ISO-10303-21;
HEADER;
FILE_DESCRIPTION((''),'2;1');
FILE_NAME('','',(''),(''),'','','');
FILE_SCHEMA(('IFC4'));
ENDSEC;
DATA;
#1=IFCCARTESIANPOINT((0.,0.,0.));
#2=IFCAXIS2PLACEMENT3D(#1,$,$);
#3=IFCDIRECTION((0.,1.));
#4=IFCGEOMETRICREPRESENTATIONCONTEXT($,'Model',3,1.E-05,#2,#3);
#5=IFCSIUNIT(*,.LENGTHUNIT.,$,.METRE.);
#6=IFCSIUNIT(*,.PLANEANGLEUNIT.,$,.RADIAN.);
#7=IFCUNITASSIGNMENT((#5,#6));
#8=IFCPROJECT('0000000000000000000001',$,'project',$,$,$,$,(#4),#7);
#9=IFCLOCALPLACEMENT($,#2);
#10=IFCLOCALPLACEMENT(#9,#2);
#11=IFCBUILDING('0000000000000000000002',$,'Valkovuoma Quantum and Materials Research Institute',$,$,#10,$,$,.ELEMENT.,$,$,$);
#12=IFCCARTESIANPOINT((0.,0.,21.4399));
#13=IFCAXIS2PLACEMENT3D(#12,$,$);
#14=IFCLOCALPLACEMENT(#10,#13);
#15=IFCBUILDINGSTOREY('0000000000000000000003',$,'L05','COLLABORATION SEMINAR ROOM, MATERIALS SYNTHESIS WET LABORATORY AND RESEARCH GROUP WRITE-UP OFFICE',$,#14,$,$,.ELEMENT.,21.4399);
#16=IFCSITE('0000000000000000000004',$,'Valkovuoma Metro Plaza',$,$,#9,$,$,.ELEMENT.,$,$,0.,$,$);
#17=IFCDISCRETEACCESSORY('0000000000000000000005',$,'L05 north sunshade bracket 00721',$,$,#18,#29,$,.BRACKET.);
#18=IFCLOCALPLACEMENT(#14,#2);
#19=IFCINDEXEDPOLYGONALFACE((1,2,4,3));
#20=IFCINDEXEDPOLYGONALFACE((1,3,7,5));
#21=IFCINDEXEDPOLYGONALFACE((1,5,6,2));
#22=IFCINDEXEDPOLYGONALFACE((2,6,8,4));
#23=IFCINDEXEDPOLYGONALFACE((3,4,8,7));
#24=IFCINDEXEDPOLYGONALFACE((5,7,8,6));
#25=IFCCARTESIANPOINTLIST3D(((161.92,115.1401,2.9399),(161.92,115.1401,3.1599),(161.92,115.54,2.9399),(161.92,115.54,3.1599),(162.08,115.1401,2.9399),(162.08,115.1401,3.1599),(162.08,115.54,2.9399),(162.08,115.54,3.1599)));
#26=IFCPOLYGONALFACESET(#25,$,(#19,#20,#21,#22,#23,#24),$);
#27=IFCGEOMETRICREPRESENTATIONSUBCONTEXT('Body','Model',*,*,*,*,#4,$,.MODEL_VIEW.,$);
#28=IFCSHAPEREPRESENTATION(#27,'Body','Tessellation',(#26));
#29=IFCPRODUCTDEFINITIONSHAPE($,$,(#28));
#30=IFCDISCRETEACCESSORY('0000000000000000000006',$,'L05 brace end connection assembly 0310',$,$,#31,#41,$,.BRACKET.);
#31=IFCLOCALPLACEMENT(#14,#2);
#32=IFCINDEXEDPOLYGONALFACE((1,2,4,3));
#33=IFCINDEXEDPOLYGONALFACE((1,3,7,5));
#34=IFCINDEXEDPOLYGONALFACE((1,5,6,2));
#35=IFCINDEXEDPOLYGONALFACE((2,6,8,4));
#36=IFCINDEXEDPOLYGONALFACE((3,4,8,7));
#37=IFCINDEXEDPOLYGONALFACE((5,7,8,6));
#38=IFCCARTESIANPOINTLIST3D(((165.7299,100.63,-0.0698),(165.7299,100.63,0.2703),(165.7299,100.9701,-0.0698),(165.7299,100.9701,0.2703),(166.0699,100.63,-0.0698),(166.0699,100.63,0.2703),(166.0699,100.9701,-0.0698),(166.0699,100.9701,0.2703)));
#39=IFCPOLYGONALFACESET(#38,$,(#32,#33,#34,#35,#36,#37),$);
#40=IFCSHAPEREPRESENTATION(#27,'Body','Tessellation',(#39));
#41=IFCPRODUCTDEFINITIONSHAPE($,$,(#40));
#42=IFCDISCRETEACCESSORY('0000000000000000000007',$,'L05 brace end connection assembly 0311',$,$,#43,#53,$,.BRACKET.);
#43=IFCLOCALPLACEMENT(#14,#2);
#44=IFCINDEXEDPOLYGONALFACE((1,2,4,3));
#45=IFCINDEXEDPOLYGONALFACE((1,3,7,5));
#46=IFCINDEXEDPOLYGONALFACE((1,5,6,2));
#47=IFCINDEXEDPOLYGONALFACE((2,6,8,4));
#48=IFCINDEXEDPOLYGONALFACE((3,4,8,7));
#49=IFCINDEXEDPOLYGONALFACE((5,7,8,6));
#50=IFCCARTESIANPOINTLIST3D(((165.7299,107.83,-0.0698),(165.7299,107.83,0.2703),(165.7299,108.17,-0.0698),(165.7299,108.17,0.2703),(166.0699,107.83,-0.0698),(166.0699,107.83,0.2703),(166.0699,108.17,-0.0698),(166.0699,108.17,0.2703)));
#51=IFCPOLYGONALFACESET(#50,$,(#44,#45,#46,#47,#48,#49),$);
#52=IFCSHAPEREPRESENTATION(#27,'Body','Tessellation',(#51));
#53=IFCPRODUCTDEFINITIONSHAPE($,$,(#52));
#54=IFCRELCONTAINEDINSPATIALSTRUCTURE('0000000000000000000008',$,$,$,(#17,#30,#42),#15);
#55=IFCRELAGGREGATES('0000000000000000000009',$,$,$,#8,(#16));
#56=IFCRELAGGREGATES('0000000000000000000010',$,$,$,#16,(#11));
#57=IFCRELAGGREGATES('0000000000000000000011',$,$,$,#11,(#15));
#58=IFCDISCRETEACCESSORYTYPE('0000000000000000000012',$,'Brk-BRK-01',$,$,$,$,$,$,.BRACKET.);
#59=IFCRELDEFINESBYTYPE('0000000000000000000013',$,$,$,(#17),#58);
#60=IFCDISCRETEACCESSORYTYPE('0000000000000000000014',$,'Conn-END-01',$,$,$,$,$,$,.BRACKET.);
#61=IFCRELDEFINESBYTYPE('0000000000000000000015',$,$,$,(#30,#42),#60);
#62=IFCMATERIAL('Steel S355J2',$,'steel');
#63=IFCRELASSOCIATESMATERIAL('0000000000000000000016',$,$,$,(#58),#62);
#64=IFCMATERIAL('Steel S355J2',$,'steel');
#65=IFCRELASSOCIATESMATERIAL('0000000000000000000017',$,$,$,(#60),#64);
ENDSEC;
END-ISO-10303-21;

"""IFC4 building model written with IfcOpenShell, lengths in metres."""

from ifc_helpers import new_model, si_unit, direction, frame, origin, origin_2d, place, context, subcontext, project, spatial, rectangle, extrude, material, type_object, element, save


model = new_model("IFC4")

# Units and contexts
model_context = context("Model", 3, precision=1e-05, world=origin(), true_north=direction((0.0, 1.0)))
body_context = subcontext(model_context, "Body", "Model", "MODEL_VIEW")
ifc_project = project(units=[si_unit("LENGTHUNIT", "METRE"), si_unit("PLANEANGLEUNIT", "RADIAN")], contexts=[model_context])

# Site, building, storey
site_placement = place(None, origin())
site = spatial("IfcSite", under=ifc_project, at=site_placement, Name="Valkovuoma Metro Plaza", CompositionType="ELEMENT", RefElevation=0.0)
building_placement = place(site_placement, origin())
building = spatial("IfcBuilding", under=site, at=building_placement, Name="Valkovuoma Quantum and Materials Research Institute", CompositionType="ELEMENT")
storey_placement = place(building_placement, frame((0.0, 0.0, 21.4399)))
storey = spatial("IfcBuildingStorey", under=building, at=storey_placement, Name="L05", Description="COLLABORATION SEMINAR ROOM, MATERIALS SYNTHESIS WET LABORATORY AND RESEARCH GROUP WRITE-UP OFFICE", CompositionType="ELEMENT", Elevation=21.4399)

# Discrete accessories
ifc_material_1 = material(Name="Steel S355J2", Category="steel")
discrete_accessory_type_1 = type_object("IfcDiscreteAccessoryType", Name="Brk-BRK-01", PredefinedType="BRACKET", material=ifc_material_1)
discrete_accessory_placement = place(storey_placement, frame((162.0, 115.3401, 2.9399), z_axis=(0.0, 0.0, 1.0), x_axis=(1.0, 0.0, 0.0)))
element("IfcDiscreteAccessory", 1, at=discrete_accessory_placement, inside=storey, type_object=discrete_accessory_type_1, Name="L05 north sunshade bracket 00721", PredefinedType="BRACKET", context=body_context, shape_type="SweptSolid", body=[
    extrude(rectangle(XDim=0.1599, YDim=0.3999, at=origin_2d()), origin(), (0.0, 0.0, 1.0), 0.22),
])
ifc_material_2 = material(Name="Steel S355J2", Category="steel")
discrete_accessory_type_2 = type_object("IfcDiscreteAccessoryType", Name="Conn-END-01", PredefinedType="BRACKET", material=ifc_material_2)
for number, where, z_axis, x_axis, name in (
    (2, (165.8999, 100.8, -0.0698), (0.0, 0.0, 1.0), (1.0, 0.0, 0.0), "L05 brace end connection assembly 0310"),
    (3, (165.8999, 108.0, -0.0698), (0.0, 0.0, 1.0), (1.0, 0.0, 0.0), "L05 brace end connection assembly 0311"),
):
    element("IfcDiscreteAccessory", number, at=place(storey_placement, frame(where, z_axis=z_axis, x_axis=x_axis)), inside=storey, type_object=discrete_accessory_type_2, Name=name, PredefinedType="BRACKET", context=body_context, shape_type="SweptSolid", body=[
        extrude(rectangle(XDim=0.3401, YDim=0.3401, at=origin_2d()), origin(), (0.0, 0.0, 1.0), 0.3401),
    ])

save(model, "model.ifc")
